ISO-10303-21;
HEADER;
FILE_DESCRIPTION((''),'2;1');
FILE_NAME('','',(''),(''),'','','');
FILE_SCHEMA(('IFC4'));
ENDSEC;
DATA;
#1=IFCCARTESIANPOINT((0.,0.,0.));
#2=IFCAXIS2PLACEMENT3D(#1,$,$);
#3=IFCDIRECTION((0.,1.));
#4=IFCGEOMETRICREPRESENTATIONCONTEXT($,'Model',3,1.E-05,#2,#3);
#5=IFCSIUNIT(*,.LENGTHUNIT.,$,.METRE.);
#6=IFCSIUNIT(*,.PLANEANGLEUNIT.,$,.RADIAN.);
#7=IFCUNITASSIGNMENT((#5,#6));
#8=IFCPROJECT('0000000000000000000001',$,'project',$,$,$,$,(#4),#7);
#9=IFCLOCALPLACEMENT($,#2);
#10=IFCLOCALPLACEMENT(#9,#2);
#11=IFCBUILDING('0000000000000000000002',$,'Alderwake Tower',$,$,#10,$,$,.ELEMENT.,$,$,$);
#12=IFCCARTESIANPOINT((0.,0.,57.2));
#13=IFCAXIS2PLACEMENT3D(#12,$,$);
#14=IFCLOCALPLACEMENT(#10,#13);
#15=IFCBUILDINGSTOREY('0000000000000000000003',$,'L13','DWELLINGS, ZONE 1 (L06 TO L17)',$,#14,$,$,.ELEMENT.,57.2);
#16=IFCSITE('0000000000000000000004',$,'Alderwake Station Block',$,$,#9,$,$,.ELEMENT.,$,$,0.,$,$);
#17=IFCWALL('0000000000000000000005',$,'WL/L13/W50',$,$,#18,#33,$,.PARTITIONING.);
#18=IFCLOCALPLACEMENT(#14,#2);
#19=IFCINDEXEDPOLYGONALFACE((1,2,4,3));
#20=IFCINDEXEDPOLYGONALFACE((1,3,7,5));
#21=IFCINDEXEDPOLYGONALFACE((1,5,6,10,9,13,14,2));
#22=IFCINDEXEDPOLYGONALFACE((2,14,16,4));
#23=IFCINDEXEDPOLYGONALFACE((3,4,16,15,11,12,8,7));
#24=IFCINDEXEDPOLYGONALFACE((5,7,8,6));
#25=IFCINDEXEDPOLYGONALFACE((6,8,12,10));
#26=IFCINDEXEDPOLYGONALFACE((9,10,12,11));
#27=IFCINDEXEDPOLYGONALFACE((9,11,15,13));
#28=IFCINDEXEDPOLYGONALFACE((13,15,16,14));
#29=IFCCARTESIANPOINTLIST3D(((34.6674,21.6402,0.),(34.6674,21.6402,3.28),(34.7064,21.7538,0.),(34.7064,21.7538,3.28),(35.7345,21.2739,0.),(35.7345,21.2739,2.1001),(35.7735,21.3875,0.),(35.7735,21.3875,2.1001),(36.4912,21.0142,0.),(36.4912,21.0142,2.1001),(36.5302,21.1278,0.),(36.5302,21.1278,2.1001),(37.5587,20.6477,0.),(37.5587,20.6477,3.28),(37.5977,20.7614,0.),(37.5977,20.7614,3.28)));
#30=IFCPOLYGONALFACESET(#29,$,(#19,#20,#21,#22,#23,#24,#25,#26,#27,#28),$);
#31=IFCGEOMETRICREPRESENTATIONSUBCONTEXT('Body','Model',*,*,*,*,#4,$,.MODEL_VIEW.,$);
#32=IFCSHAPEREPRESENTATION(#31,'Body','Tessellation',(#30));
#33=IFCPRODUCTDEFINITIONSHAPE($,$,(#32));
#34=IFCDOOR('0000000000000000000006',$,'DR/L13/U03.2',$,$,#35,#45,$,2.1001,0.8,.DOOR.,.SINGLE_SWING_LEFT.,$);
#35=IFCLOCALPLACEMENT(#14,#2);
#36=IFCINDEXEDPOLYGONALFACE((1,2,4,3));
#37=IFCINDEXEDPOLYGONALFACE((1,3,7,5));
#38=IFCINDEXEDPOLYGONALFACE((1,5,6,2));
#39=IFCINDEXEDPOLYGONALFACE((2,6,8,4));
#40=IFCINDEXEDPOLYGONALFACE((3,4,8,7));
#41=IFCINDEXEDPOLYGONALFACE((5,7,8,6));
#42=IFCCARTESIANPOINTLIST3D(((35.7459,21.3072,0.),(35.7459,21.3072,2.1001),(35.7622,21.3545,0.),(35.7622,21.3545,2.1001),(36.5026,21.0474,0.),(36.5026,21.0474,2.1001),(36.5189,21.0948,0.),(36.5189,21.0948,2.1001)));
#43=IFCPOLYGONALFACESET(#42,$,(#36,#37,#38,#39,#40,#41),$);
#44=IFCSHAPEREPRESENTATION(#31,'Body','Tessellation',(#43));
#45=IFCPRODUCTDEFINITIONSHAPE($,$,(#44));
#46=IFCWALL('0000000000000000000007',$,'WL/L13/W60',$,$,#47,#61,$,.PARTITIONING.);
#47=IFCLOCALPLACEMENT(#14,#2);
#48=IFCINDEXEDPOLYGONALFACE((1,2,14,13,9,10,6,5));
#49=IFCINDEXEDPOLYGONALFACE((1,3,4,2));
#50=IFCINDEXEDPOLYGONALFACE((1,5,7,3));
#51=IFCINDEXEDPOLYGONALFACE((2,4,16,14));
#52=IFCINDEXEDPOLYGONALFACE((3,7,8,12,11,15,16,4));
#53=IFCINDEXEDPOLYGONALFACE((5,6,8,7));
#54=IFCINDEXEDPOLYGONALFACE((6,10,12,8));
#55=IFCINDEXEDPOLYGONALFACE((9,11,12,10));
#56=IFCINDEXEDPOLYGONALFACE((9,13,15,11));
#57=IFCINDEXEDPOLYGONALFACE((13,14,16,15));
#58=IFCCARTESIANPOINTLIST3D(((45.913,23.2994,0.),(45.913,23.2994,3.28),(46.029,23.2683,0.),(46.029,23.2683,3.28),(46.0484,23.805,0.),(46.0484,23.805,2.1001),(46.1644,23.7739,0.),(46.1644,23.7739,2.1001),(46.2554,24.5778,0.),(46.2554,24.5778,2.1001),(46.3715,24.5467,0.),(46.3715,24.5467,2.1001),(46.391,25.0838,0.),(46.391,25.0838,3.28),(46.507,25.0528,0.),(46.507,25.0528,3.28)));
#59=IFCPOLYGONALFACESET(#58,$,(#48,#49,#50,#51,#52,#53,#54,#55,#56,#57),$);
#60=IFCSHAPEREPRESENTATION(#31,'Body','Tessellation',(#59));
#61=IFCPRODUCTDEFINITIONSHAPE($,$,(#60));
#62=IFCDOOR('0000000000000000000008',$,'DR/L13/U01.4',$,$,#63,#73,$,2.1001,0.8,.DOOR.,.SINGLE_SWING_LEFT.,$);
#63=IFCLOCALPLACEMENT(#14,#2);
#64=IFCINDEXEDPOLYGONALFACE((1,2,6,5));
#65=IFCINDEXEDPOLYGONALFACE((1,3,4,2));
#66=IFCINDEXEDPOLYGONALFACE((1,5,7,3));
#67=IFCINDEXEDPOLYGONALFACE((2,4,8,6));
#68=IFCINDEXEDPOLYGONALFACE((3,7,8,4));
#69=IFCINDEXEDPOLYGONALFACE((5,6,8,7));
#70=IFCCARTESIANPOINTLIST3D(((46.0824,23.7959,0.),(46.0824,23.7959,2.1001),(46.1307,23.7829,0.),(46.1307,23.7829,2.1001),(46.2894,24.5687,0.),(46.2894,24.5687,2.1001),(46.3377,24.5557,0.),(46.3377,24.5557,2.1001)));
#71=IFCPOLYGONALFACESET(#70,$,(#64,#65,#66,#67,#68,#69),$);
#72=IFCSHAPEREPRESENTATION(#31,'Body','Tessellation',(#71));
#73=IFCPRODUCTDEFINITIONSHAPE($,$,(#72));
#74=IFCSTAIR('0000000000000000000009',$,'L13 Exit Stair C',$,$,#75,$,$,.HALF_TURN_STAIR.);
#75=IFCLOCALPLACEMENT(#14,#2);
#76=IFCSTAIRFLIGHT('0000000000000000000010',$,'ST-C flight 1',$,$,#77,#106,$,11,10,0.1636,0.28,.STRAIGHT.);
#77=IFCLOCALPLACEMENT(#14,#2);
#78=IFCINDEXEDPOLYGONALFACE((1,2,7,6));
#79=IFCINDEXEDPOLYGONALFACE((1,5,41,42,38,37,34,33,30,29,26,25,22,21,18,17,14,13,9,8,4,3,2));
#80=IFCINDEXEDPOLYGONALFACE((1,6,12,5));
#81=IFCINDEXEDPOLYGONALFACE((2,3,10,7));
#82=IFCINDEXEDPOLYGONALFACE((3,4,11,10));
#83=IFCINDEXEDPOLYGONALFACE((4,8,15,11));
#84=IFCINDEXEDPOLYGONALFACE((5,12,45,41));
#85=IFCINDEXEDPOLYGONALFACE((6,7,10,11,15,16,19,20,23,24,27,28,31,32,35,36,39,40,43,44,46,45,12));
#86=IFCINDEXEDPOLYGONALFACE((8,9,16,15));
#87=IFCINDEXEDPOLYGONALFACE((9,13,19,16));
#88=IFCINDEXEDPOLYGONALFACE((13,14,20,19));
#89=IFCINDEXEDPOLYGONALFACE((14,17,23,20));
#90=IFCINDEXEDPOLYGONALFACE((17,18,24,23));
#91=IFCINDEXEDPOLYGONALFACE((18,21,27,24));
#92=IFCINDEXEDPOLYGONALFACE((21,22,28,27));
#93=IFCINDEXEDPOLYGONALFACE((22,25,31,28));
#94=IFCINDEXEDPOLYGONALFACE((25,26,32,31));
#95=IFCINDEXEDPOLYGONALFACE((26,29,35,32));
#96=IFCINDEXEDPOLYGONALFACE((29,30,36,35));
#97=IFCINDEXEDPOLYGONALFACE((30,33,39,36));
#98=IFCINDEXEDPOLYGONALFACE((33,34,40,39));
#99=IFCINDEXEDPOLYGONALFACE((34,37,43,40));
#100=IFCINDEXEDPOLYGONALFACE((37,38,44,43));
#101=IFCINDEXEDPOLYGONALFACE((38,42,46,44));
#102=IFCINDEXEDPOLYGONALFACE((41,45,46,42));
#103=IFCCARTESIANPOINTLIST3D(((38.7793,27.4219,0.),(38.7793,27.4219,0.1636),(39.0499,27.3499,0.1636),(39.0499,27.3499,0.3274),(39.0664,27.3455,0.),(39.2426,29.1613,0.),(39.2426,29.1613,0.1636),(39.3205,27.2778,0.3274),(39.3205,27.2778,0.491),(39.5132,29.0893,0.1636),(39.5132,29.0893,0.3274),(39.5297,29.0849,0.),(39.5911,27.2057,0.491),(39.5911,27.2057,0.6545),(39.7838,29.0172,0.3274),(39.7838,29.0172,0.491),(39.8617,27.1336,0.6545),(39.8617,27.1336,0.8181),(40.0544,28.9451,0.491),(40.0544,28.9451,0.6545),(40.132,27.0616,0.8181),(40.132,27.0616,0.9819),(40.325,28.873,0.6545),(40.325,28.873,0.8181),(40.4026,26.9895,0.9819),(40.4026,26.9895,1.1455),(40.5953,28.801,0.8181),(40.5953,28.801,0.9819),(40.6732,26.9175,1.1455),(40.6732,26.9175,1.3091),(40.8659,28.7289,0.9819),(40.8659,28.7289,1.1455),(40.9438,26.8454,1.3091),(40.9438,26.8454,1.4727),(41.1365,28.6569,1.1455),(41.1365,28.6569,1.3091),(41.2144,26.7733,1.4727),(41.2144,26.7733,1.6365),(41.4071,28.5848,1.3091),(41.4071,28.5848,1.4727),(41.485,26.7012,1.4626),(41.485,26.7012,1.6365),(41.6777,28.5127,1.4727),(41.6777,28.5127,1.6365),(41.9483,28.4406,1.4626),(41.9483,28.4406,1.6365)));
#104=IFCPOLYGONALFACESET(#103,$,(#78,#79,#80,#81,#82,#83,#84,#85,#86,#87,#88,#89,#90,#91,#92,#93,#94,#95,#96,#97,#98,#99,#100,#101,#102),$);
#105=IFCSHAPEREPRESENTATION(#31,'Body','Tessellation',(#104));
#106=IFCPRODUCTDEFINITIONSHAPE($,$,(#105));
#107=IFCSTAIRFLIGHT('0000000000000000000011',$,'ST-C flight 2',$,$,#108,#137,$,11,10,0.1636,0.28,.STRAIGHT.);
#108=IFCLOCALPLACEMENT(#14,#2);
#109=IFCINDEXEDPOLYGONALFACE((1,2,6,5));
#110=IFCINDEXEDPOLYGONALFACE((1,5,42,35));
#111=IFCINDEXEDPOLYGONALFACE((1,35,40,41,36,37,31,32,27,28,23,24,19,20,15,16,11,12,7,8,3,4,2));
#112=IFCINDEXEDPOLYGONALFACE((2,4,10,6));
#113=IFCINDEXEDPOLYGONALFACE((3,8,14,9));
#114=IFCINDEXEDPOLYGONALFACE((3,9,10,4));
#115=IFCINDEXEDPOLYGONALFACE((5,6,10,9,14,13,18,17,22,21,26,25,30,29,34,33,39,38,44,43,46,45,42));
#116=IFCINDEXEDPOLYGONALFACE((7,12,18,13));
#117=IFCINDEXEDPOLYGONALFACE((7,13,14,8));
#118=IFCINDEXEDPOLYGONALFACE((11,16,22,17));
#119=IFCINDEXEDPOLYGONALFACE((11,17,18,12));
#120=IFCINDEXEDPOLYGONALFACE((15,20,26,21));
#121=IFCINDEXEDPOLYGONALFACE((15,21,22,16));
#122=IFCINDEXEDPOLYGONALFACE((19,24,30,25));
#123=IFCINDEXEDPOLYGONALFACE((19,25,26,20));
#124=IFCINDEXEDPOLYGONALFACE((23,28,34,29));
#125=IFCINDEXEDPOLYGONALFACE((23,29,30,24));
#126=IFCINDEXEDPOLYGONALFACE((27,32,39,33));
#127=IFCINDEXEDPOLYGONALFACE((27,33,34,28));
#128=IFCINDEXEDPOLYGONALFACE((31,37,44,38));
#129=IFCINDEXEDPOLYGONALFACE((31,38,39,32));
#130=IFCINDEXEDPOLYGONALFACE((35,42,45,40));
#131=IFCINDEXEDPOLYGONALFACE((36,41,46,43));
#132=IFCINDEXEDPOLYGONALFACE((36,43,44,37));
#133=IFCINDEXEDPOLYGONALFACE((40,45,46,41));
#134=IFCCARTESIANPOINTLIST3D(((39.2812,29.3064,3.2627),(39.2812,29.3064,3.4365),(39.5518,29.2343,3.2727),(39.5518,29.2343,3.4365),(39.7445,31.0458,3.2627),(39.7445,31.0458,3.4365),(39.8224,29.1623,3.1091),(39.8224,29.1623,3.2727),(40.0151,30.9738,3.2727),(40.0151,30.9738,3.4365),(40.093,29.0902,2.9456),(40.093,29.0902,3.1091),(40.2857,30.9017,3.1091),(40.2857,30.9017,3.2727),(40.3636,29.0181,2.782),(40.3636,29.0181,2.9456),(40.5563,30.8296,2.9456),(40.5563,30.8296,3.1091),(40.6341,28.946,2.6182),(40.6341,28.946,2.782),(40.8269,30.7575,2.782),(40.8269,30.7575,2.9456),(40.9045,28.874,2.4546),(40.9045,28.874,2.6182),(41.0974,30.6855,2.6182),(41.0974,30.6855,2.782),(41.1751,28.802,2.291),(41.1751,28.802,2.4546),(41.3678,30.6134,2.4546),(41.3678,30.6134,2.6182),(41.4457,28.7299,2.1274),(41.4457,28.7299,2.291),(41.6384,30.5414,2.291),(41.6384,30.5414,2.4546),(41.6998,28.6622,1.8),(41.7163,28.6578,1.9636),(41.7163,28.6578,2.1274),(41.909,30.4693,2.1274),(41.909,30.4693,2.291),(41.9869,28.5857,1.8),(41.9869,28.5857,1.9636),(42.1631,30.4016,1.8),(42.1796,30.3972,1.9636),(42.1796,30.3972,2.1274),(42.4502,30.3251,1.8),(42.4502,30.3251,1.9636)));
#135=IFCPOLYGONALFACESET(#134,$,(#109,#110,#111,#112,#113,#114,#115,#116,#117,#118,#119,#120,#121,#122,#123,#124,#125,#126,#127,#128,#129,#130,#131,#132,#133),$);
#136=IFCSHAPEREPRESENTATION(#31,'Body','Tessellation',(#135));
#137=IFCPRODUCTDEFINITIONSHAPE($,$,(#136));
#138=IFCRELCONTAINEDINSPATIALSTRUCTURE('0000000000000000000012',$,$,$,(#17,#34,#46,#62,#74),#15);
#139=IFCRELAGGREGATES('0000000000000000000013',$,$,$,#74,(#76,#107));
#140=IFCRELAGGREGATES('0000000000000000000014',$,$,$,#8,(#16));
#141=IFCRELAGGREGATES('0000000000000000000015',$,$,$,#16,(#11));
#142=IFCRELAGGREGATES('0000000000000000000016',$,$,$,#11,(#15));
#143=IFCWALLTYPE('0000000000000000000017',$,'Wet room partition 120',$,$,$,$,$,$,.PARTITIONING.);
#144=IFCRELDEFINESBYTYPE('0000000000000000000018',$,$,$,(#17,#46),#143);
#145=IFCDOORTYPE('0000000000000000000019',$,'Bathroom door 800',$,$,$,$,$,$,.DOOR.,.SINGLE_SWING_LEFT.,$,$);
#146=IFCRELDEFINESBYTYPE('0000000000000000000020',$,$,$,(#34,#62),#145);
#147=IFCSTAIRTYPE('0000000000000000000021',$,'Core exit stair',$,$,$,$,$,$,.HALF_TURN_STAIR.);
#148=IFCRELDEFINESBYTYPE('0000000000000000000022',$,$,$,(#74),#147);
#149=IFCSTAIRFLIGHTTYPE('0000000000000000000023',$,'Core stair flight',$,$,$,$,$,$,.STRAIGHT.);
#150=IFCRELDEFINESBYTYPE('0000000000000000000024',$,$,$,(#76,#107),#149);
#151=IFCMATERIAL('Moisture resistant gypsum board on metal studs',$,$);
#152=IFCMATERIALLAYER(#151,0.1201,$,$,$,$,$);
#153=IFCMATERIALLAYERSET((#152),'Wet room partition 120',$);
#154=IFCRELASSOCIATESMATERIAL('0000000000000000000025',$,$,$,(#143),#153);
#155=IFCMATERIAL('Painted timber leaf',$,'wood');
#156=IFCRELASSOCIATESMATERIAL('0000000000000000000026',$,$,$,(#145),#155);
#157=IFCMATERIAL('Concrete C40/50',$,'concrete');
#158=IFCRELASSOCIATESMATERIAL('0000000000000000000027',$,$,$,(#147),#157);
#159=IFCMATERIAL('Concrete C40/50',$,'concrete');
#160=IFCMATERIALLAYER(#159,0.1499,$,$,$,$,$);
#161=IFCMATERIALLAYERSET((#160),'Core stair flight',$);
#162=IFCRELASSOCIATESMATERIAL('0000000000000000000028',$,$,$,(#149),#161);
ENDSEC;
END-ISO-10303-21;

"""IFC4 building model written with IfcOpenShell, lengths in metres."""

from ifc_helpers import new_model, si_unit, direction, frame, frame_2d, origin, place, context, subcontext, project, spatial, polyline, rectangle, outline, extrude, material, layer, layer_set, type_object, element, fill, aggregate, save


model = new_model("IFC4")

# Units and contexts
model_context = context("Model", 3, precision=1e-05, world=origin(), true_north=direction((0.0, 1.0)))
body_context = subcontext(model_context, "Body", "Model", "MODEL_VIEW")
ifc_project = project(units=[si_unit("LENGTHUNIT", "METRE"), si_unit("PLANEANGLEUNIT", "RADIAN")], contexts=[model_context])

# Site, building, storey
site_placement = place(None, origin())
site = spatial("IfcSite", under=ifc_project, at=site_placement, Name="Alderwake Station Block", CompositionType="ELEMENT", RefElevation=0.0)
building_placement = place(site_placement, origin())
building = spatial("IfcBuilding", under=site, at=building_placement, Name="Alderwake Tower", CompositionType="ELEMENT")
storey_placement = place(building_placement, frame((0.0, 0.0, 57.2)))
storey = spatial("IfcBuildingStorey", under=building, at=storey_placement, Name="L13", Description="DWELLINGS, ZONE 1 (L06 TO L17)", CompositionType="ELEMENT", Elevation=57.2)

# Shared definitions
ifc_material_1 = material(Name="Moisture resistant gypsum board on metal studs")
ifc_layer_1 = layer(ifc_material_1, 0.1201)
ifc_layer_set_1 = layer_set([ifc_layer_1], Name="Wet room partition 120")
wall_type_1 = type_object("IfcWallType", Name="Wet room partition 120", PredefinedType="PARTITIONING", material=ifc_layer_set_1)

# Walls, openings, doors
wall_1_placement = place(storey_placement, frame((37.5781, 20.7046, 0.0), z_axis=(0.0, 0.0, 1.0), x_axis=(-0.945835, 0.324649, 0.0)))
wall_1 = element("IfcWall", 1, at=wall_1_placement, inside=storey, type_object=wall_type_1, Name="WL/L13/W50", PredefinedType="PARTITIONING", context=body_context, shape_type="SweptSolid", body=[
    extrude(rectangle(XDim=3.0569, YDim=0.1201, at=frame_2d((1.5283, 0.0))), origin(), (0.0, 0.0, 1.0), 3.28),
])
opening_1_placement = place(wall_1_placement, frame((1.1287, 0.0, 0.0)))
opening_1 = element("IfcOpeningElement", 2, at=opening_1_placement, cuts=wall_1, PredefinedType="OPENING", context=body_context, shape_type="SweptSolid", body=[
    extrude(rectangle(XDim=0.8, YDim=2.1001, at=frame_2d((0.3999, 1.05))), frame((0.0, 0.0701, 0.0), z_axis=(0.0, -1.0, 0.0), x_axis=(1.0, 0.0, 0.0)), (0.0, 0.0, 1.0), 0.1401),
])
ifc_material_2 = material(Name="Painted timber leaf", Category="wood")
door_type_1 = type_object("IfcDoorType", Name="Bathroom door 800", OperationType="SINGLE_SWING_LEFT", PredefinedType="DOOR", material=ifc_material_2)
door_1_placement = place(opening_1_placement, origin())
door_1 = element("IfcDoor", 3, at=door_1_placement, inside=storey, type_object=door_type_1, Name="DR/L13/U03.2", OperationType="SINGLE_SWING_LEFT", OverallHeight=2.1001, OverallWidth=0.8, PredefinedType="DOOR", context=body_context, shape_type="SweptSolid", body=[
    extrude(rectangle(XDim=0.8, YDim=2.1001, at=frame_2d((0.3999, 1.05))), frame((0.0, 0.0249, 0.0), z_axis=(0.0, -1.0, 0.0), x_axis=(1.0, 0.0, 0.0)), (0.0, 0.0, 1.0), 0.05),
])
fill(opening_1, door_1)
wall_2_placement = place(storey_placement, frame((45.9709, 23.2837, 0.0), z_axis=(0.0, 0.0, 1.0), x_axis=(0.258765, 0.96594, 0.0)))
wall_2 = element("IfcWall", 4, at=wall_2_placement, inside=storey, type_object=wall_type_1, Name="WL/L13/W60", PredefinedType="PARTITIONING", context=body_context, shape_type="SweptSolid", body=[
    extrude(rectangle(XDim=1.8474, YDim=0.1201, at=frame_2d((0.9238, 0.0))), origin(), (0.0, 0.0, 1.0), 3.28),
])
opening_2_placement = place(wall_2_placement, frame((0.5237, 0.0, 0.0)))
opening_2 = element("IfcOpeningElement", 5, at=opening_2_placement, cuts=wall_2, PredefinedType="OPENING", context=body_context, shape_type="SweptSolid", body=[
    extrude(rectangle(XDim=0.8, YDim=2.1001, at=frame_2d((0.3999, 1.05))), frame((0.0, 0.0701, 0.0), z_axis=(0.0, -1.0, 0.0), x_axis=(1.0, 0.0, 0.0)), (0.0, 0.0, 1.0), 0.1401),
])
door_2_placement = place(opening_2_placement, origin())
door_2 = element("IfcDoor", 6, at=door_2_placement, inside=storey, type_object=door_type_1, Name="DR/L13/U01.4", OperationType="SINGLE_SWING_LEFT", OverallHeight=2.1001, OverallWidth=0.8, PredefinedType="DOOR", context=body_context, shape_type="SweptSolid", body=[
    extrude(rectangle(XDim=0.8, YDim=2.1001, at=frame_2d((0.3999, 1.05))), frame((0.0, 0.0249, 0.0), z_axis=(0.0, -1.0, 0.0), x_axis=(1.0, 0.0, 0.0)), (0.0, 0.0, 1.0), 0.05),
])
fill(opening_2, door_2)

# Stair, stair flights
ifc_material_3 = material(Name="Concrete C40/50", Category="concrete")
stair_type = type_object("IfcStairType", Name="Core exit stair", PredefinedType="HALF_TURN_STAIR", material=ifc_material_3)
stair_placement = place(storey_placement, origin())
stair = element("IfcStair", 7, at=stair_placement, inside=storey, type_object=stair_type, Name="L13 Exit Stair C", PredefinedType="HALF_TURN_STAIR")
ifc_material_4 = material(Name="Concrete C40/50", Category="concrete")
ifc_layer_2 = layer(ifc_material_4, 0.1499)
ifc_layer_set_2 = layer_set([ifc_layer_2], Name="Core stair flight")
stair_flight_type = type_object("IfcStairFlightType", Name="Core stair flight", PredefinedType="STRAIGHT", material=ifc_layer_set_2)
stair_flight_1_placement = place(storey_placement, frame((39.011, 28.2917, 0.0), z_axis=(0.0, 0.0, 1.0), x_axis=(0.96631, -0.257382, 0.0)))
stair_flight_1 = element("IfcStairFlight", 8, at=stair_flight_1_placement, type_object=stair_flight_type, Name="ST-C flight 1", NumberOfRisers=11, NumberOfTreads=10, PredefinedType="STRAIGHT", RiserHeight=0.1636, TreadLength=0.28, context=body_context, shape_type="SweptSolid", body=[
    extrude(outline(polyline([(0.0, 0.0), (0.0, 0.1636), (0.28, 0.1636), (0.28, 0.3274), (0.5601, 0.3274), (0.5601, 0.491), (0.8401, 0.491), (0.8401, 0.6545), (1.1201, 0.6545), (1.1201, 0.8181), (1.3999, 0.8181), (1.3999, 0.9819), (1.6799, 0.9819), (1.6799, 1.1455), (1.96, 1.1455), (1.96, 1.3091), (2.24, 1.3091), (2.24, 1.4727), (2.52, 1.4727), (2.52, 1.6365), (2.8, 1.6365), (2.8, 1.8), (2.8, 1.4626), (0.2971, 0.0), (0.0, 0.0)])), frame((0.0, 0.8999, 0.0), z_axis=(0.0, -1.0, 0.0), x_axis=(1.0, 0.0, 0.0)), (0.0, 0.0, 1.0), 1.8),
])
stair_flight_2_placement = place(storey_placement, frame((42.2185, 29.4553, 1.8), z_axis=(0.0, 0.0, 1.0), x_axis=(-0.96631, 0.257382, 0.0)))
stair_flight_2 = element("IfcStairFlight", 9, at=stair_flight_2_placement, type_object=stair_flight_type, Name="ST-C flight 2", NumberOfRisers=11, NumberOfTreads=10, PredefinedType="STRAIGHT", RiserHeight=0.1636, TreadLength=0.28, context=body_context, shape_type="SweptSolid", body=[
    extrude(outline(polyline([(0.0, 0.0), (0.0, 0.1636), (0.28, 0.1636), (0.28, 0.3274), (0.5601, 0.3274), (0.5601, 0.491), (0.8401, 0.491), (0.8401, 0.6545), (1.1201, 0.6545), (1.1201, 0.8181), (1.3999, 0.8181), (1.3999, 0.9819), (1.6799, 0.9819), (1.6799, 1.1455), (1.96, 1.1455), (1.96, 1.3091), (2.24, 1.3091), (2.24, 1.4727), (2.52, 1.4727), (2.52, 1.6365), (2.8, 1.6365), (2.8, 1.8), (2.8, 1.4626), (0.2971, 0.0), (0.0, 0.0)])), frame((0.0, 0.8999, 0.0), z_axis=(0.0, -1.0, 0.0), x_axis=(1.0, 0.0, 0.0)), (0.0, 0.0, 1.0), 1.8),
])
aggregate(stair, [stair_flight_1, stair_flight_2])

save(model, "model.ifc")
